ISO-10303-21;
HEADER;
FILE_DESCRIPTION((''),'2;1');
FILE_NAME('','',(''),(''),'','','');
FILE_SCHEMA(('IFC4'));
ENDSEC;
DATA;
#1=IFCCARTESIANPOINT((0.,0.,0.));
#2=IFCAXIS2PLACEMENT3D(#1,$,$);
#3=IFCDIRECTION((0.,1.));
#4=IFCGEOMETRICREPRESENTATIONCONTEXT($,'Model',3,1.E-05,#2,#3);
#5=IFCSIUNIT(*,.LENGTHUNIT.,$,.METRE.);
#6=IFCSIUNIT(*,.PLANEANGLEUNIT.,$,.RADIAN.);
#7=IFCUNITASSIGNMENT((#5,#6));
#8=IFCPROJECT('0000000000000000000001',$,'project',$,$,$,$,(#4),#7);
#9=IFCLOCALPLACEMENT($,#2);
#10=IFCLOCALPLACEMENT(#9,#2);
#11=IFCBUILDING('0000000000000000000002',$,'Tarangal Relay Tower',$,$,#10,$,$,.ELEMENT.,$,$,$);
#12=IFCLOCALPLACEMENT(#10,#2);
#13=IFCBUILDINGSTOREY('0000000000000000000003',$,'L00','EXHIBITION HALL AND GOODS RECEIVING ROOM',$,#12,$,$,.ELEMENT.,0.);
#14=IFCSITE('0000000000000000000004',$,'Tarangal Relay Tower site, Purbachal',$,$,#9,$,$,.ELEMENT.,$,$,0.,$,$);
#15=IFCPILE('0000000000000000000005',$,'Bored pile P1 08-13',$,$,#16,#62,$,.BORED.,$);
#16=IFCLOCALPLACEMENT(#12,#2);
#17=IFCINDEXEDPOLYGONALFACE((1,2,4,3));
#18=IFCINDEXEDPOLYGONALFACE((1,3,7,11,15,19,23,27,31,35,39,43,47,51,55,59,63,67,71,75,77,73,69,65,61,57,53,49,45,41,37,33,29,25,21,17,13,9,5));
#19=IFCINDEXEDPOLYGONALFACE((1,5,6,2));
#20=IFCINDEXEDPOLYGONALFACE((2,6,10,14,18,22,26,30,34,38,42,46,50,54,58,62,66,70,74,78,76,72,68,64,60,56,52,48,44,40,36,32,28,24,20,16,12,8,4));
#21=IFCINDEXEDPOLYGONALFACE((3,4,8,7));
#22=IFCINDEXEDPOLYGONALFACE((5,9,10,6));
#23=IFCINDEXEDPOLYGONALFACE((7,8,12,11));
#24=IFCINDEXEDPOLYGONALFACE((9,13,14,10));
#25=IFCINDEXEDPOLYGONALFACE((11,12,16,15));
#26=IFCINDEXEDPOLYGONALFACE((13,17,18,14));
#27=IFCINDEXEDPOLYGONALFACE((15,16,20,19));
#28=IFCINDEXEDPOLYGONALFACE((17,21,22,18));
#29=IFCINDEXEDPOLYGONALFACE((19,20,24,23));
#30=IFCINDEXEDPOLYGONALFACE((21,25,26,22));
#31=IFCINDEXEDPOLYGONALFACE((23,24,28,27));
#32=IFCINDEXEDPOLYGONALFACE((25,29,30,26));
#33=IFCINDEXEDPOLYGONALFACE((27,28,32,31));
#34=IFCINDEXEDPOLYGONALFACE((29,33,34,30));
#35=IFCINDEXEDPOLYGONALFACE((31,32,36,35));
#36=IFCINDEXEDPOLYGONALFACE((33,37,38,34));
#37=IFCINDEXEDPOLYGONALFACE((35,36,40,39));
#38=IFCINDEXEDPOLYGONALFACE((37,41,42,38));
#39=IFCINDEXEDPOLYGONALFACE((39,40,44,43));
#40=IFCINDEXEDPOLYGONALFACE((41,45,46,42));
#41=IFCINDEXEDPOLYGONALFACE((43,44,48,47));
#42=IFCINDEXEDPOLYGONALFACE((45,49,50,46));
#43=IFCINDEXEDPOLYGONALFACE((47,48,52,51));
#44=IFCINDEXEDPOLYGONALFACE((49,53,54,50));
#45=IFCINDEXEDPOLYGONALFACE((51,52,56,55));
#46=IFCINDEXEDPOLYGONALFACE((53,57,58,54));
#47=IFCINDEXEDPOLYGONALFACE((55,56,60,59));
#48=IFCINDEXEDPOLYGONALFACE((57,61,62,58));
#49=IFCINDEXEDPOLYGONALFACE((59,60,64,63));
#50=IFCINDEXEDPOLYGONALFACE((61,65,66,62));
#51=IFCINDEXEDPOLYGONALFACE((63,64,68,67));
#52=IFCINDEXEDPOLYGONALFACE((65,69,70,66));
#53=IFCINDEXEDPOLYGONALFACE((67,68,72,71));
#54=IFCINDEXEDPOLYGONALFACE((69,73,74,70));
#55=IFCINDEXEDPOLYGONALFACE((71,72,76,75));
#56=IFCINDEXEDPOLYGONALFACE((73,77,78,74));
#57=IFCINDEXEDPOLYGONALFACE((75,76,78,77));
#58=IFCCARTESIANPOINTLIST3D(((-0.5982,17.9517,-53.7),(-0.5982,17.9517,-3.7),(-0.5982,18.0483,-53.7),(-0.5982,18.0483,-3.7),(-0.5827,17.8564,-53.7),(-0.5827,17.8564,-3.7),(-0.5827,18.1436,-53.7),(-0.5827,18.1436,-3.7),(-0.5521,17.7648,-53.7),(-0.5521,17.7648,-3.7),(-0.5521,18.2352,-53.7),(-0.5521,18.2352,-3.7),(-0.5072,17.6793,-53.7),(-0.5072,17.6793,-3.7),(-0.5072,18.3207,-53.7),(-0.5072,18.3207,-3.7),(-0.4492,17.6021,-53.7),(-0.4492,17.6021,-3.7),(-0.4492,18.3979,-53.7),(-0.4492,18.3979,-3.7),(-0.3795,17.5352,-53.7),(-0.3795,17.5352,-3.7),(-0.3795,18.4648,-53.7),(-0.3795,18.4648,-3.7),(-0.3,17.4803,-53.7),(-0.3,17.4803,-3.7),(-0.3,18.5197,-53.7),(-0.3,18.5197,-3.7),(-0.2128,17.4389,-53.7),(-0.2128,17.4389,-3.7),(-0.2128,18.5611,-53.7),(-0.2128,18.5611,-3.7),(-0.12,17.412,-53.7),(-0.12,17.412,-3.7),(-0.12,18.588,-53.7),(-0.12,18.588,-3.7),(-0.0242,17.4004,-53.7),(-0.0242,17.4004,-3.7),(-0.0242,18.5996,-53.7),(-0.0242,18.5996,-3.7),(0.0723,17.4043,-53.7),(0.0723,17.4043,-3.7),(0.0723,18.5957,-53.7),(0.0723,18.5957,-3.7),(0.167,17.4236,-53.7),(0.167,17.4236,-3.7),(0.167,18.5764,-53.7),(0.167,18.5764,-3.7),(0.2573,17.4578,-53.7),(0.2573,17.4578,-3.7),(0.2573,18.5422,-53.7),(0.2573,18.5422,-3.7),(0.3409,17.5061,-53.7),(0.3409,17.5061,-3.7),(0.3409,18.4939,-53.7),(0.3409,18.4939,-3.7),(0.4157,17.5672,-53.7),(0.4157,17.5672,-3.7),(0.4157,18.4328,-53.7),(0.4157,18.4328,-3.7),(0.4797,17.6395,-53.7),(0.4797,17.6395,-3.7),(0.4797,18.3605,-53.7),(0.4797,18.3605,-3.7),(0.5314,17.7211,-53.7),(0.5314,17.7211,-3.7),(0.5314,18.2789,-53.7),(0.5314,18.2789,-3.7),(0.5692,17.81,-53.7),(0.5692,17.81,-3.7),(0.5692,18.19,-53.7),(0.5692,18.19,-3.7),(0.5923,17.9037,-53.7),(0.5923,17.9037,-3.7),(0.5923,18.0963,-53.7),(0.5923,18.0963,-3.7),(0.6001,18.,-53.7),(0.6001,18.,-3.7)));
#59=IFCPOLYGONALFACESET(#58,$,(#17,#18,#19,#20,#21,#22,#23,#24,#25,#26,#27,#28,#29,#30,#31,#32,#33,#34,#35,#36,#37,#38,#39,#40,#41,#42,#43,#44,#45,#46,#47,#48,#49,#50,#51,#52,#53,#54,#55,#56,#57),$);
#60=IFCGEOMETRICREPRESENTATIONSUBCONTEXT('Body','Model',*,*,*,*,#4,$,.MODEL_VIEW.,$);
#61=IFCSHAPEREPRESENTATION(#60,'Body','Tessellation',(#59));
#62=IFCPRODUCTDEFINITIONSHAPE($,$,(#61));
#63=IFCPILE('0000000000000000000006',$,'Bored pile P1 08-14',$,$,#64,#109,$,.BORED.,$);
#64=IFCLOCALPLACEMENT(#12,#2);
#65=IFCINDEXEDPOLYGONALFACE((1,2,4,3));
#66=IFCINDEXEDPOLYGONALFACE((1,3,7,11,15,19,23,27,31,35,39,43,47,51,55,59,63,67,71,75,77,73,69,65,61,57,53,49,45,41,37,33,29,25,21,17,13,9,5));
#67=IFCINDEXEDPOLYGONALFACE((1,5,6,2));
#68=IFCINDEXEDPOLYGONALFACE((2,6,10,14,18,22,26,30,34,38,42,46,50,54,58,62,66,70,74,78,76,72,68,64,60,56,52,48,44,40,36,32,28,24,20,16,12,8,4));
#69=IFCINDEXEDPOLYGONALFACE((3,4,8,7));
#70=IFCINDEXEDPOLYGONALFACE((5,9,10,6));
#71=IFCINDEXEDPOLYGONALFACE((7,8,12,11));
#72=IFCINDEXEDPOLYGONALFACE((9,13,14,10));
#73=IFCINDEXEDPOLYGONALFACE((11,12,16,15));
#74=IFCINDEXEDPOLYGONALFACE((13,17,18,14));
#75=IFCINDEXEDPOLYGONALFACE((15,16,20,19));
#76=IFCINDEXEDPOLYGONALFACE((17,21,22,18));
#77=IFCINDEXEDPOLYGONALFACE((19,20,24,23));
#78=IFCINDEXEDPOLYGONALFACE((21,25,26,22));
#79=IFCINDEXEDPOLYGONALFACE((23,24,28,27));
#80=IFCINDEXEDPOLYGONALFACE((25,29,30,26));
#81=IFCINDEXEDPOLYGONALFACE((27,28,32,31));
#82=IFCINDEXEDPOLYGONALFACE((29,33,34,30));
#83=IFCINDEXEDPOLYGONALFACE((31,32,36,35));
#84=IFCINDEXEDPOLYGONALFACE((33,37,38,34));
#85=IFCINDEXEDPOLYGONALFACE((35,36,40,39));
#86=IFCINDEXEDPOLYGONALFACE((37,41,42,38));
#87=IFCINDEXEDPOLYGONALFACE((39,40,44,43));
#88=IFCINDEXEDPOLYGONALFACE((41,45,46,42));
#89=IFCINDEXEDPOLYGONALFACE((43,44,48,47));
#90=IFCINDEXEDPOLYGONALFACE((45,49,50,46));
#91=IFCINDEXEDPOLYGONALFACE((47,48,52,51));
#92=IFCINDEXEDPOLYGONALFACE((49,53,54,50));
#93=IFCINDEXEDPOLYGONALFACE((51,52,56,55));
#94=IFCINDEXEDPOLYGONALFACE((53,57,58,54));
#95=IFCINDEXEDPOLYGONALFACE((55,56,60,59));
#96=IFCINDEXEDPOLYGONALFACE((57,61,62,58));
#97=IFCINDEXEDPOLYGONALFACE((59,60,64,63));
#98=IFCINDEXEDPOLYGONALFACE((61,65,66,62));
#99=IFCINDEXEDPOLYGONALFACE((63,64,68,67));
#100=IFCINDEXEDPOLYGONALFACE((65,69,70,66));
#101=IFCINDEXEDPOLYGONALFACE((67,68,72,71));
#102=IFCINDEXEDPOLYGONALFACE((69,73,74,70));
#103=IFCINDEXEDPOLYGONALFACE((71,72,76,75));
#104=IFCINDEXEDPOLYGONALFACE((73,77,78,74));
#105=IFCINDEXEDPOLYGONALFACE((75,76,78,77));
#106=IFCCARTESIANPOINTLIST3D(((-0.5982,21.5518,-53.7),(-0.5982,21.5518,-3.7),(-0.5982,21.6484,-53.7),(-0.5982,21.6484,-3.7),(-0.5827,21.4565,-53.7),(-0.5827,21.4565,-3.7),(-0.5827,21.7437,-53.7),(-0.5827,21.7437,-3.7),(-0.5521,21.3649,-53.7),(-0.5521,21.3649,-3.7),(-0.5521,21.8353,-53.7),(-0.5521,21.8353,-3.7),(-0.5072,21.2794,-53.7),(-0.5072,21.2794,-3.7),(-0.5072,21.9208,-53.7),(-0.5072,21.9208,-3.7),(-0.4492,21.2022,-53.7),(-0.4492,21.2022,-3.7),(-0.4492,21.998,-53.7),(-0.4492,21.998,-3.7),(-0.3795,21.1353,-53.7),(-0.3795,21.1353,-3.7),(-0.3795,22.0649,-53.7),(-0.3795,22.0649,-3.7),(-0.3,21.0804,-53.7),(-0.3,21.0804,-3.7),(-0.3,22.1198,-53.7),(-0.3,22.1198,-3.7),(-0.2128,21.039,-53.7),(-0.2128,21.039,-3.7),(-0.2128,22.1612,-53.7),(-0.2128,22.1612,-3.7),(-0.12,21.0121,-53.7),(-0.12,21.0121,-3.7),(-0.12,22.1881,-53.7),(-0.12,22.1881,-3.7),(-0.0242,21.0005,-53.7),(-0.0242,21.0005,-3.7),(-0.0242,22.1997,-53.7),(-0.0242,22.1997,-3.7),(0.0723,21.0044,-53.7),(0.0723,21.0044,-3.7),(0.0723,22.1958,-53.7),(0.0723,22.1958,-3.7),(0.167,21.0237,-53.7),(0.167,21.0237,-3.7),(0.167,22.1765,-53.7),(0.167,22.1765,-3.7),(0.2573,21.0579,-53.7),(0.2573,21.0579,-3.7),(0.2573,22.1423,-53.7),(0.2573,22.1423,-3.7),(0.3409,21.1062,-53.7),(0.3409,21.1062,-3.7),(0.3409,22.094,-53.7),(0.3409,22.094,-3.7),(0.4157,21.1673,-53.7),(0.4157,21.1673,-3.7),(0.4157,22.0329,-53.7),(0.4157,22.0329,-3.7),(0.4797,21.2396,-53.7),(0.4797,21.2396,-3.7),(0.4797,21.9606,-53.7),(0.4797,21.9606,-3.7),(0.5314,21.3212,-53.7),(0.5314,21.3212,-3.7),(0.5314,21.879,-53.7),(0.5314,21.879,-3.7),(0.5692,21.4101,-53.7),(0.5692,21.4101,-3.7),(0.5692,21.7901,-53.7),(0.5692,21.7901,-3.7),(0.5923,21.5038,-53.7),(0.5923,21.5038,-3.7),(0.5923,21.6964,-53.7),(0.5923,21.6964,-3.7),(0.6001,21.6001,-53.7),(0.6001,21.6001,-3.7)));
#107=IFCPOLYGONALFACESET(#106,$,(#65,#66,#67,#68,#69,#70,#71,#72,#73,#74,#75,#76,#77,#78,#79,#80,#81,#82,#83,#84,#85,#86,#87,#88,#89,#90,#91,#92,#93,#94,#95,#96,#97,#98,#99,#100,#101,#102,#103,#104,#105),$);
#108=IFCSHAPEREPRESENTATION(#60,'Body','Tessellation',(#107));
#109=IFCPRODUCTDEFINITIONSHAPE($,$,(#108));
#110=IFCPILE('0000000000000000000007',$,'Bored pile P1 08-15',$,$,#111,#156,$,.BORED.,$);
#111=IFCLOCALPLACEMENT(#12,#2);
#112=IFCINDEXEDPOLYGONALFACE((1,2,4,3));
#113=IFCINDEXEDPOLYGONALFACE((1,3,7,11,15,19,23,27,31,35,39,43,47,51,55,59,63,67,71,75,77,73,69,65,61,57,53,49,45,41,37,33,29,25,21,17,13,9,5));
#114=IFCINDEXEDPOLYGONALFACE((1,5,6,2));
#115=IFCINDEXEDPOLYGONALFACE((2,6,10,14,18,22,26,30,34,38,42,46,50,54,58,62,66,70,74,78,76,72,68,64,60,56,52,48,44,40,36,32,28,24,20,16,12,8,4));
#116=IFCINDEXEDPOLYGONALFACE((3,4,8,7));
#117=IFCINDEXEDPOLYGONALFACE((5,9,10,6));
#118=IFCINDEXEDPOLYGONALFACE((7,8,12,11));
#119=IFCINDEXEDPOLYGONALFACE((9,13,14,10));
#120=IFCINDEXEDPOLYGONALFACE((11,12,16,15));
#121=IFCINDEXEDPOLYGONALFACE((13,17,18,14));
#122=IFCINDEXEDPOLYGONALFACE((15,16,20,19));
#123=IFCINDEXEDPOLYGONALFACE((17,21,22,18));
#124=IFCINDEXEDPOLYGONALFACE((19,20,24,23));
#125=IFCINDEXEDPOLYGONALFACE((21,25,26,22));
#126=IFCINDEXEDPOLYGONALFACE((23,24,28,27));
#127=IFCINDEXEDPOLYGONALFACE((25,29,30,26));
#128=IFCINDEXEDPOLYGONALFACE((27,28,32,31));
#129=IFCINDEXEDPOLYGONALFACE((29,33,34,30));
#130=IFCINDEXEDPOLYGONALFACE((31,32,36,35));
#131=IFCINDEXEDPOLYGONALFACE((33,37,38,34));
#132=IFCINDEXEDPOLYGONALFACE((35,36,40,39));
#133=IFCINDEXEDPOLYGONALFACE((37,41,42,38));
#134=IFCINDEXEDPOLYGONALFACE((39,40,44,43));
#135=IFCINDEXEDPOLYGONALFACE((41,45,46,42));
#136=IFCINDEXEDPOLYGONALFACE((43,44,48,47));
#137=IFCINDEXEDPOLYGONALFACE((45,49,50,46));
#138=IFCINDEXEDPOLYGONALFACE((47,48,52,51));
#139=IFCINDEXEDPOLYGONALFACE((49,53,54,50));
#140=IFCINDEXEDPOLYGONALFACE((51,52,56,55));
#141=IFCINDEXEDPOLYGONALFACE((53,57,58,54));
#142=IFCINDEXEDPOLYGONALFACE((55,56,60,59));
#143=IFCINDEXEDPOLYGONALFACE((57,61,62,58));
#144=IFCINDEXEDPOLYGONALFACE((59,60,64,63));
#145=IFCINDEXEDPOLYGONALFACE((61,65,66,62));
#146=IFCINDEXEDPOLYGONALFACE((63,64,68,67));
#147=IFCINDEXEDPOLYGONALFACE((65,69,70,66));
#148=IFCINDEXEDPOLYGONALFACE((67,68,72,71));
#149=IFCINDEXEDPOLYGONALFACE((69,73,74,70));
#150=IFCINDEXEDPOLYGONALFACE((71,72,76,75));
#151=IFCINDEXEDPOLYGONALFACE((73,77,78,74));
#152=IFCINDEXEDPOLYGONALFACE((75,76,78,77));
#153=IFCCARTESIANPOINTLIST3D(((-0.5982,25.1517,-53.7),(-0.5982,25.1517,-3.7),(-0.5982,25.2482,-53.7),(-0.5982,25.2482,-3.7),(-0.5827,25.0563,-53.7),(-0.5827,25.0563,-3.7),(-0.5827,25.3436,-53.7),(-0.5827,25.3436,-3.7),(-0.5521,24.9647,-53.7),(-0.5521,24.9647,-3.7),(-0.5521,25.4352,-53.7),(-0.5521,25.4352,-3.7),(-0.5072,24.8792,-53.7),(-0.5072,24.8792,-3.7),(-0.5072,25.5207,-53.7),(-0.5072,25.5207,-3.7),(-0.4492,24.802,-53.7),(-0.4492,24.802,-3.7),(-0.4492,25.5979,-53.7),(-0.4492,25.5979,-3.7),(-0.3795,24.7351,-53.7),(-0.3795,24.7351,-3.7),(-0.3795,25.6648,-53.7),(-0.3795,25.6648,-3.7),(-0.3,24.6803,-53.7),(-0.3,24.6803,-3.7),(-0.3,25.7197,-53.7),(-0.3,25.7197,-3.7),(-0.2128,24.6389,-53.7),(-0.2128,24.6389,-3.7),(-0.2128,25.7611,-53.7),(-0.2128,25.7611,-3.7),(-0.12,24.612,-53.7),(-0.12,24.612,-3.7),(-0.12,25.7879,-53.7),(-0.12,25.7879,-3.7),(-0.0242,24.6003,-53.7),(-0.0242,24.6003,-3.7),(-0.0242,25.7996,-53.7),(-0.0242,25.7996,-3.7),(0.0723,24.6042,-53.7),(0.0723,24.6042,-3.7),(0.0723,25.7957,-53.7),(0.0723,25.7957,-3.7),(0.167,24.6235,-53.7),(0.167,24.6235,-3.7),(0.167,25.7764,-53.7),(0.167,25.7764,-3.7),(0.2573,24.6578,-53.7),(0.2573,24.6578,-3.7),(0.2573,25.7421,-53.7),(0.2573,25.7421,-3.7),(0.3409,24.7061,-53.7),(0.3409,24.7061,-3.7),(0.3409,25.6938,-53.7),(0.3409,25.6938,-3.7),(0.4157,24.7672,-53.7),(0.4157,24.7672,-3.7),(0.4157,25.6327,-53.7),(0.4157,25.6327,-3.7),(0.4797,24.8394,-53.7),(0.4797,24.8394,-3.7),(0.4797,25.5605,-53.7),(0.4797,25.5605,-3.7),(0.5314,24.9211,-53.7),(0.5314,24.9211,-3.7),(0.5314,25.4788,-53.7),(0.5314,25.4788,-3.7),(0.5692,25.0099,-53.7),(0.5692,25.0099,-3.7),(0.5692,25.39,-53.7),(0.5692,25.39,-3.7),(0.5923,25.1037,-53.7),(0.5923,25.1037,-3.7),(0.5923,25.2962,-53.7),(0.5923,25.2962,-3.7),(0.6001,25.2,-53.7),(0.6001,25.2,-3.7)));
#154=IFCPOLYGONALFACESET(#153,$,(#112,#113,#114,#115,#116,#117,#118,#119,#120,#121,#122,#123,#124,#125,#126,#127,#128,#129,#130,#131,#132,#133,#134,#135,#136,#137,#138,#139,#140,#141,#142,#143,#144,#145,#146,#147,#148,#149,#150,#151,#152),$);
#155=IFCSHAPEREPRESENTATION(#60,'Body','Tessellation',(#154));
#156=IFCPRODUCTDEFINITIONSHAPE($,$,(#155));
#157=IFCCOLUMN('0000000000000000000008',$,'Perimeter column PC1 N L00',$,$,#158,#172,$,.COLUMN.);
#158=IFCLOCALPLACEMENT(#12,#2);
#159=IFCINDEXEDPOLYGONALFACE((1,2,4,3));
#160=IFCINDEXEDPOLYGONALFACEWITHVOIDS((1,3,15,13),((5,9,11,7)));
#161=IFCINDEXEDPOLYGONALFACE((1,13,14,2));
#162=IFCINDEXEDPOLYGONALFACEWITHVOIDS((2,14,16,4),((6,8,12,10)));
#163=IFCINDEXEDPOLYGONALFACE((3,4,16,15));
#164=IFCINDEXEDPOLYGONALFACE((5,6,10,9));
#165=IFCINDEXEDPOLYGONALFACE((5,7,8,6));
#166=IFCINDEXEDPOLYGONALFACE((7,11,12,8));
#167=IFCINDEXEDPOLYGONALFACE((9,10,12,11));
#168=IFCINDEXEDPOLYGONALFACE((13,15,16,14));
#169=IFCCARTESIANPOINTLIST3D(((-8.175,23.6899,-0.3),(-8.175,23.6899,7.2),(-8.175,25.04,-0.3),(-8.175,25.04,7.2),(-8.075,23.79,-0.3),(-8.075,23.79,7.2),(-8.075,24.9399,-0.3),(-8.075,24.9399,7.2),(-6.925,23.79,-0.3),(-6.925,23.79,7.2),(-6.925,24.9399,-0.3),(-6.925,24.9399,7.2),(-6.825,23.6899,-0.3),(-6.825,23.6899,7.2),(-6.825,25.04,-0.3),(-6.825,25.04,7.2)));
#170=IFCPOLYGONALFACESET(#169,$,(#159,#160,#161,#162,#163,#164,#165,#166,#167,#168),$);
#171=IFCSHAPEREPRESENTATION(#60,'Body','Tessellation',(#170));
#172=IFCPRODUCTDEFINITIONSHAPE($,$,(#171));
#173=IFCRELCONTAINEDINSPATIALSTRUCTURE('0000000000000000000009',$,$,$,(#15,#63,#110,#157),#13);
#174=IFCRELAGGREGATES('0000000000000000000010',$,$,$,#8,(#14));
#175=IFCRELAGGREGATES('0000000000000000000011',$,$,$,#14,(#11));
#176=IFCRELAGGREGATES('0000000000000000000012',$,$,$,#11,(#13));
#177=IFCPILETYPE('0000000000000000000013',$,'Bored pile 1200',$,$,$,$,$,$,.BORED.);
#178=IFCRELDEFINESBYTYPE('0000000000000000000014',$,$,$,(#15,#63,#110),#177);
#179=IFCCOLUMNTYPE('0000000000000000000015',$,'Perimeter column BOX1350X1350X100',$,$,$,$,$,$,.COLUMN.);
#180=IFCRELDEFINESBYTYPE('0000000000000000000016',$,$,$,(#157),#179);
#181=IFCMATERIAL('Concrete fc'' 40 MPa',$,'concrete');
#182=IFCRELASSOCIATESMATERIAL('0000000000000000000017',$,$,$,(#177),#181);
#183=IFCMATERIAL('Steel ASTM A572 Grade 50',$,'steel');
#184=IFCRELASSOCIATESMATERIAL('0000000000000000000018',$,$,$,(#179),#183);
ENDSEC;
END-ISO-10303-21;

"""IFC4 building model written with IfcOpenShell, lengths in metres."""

from ifc_helpers import new_model, si_unit, direction, frame, origin, origin_2d, place, context, subcontext, project, spatial, hollow_rectangle, circle, extrude, material, material_profile, profile_set, type_object, element, save


model = new_model("IFC4")

# Units and contexts
model_context = context("Model", 3, precision=1e-05, world=origin(), true_north=direction((0.0, 1.0)))
body_context = subcontext(model_context, "Body", "Model", "MODEL_VIEW")
ifc_project = project(units=[si_unit("LENGTHUNIT", "METRE"), si_unit("PLANEANGLEUNIT", "RADIAN")], contexts=[model_context])

# Site, building, storey
site_placement = place(None, origin())
site = spatial("IfcSite", under=ifc_project, at=site_placement, Name="Tarangal Relay Tower site, Purbachal", CompositionType="ELEMENT", RefElevation=0.0)
building_placement = place(site_placement, origin())
building = spatial("IfcBuilding", under=site, at=building_placement, Name="Tarangal Relay Tower", CompositionType="ELEMENT")
storey_placement = place(building_placement, origin())
storey = spatial("IfcBuildingStorey", under=building, at=storey_placement, Name="L00", Description="EXHIBITION HALL AND GOODS RECEIVING ROOM", CompositionType="ELEMENT", Elevation=0.0)

# Piles
ifc_material_1 = material(Name="Concrete fc' 40 MPa", Category="concrete")
ifc_material_profile_1 = material_profile(ifc_material_1, circle(Radius=0.6001, at=origin_2d()), Name="D1200")
ifc_profile_set_1 = profile_set([ifc_material_profile_1], Name="Concrete fc' 40 MPa")
pile_type = type_object("IfcPileType", Name="Bored pile 1200", PredefinedType="BORED", material=ifc_profile_set_1)
for number, where, z_axis, x_axis, name in (
    (1, (0.0, 18.0, -3.7), (0.0, 0.0, -1.0), (1.0, 0.0, 0.0), "Bored pile P1 08-13"),
    (2, (0.0, 21.6001, -3.7), (0.0, 0.0, -1.0), (1.0, 0.0, 0.0), "Bored pile P1 08-14"),
    (3, (0.0, 25.2, -3.7), (0.0, 0.0, -1.0), (1.0, 0.0, 0.0), "Bored pile P1 08-15"),
):
    element("IfcPile", number, at=place(storey_placement, frame(where, z_axis=z_axis, x_axis=x_axis)), inside=storey, type_object=pile_type, Name=name, PredefinedType="BORED", context=body_context, shape_type="SweptSolid", body=[
        extrude(circle(Radius=0.6001, at=origin_2d()), origin(), (0.0, 0.0, 1.0), 50.0),
    ])

# Column
ifc_material_2 = material(Name="Steel ASTM A572 Grade 50", Category="steel")
ifc_material_profile_2 = material_profile(ifc_material_2, hollow_rectangle(XDim=1.3501, YDim=1.3501, WallThickness=0.1001, at=origin_2d()), Name="BOX1350X1350X100")
ifc_profile_set_2 = profile_set([ifc_material_profile_2], Name="Steel ASTM A572 Grade 50")
column_type = type_object("IfcColumnType", Name="Perimeter column BOX1350X1350X100", PredefinedType="COLUMN", material=ifc_profile_set_2)
column_placement = place(storey_placement, frame((-7.5, 24.365, -0.3), z_axis=(0.0, 0.0, 1.0), x_axis=(1.0, 0.0, 0.0)))
element("IfcColumn", 4, at=column_placement, inside=storey, type_object=column_type, Name="Perimeter column PC1 N L00", PredefinedType="COLUMN", context=body_context, shape_type="SweptSolid", body=[
    extrude(hollow_rectangle(XDim=1.3501, YDim=1.3501, WallThickness=0.1001, at=origin_2d()), origin(), (0.0, 0.0, 1.0), 7.5),
])

save(model, "model.ifc")
